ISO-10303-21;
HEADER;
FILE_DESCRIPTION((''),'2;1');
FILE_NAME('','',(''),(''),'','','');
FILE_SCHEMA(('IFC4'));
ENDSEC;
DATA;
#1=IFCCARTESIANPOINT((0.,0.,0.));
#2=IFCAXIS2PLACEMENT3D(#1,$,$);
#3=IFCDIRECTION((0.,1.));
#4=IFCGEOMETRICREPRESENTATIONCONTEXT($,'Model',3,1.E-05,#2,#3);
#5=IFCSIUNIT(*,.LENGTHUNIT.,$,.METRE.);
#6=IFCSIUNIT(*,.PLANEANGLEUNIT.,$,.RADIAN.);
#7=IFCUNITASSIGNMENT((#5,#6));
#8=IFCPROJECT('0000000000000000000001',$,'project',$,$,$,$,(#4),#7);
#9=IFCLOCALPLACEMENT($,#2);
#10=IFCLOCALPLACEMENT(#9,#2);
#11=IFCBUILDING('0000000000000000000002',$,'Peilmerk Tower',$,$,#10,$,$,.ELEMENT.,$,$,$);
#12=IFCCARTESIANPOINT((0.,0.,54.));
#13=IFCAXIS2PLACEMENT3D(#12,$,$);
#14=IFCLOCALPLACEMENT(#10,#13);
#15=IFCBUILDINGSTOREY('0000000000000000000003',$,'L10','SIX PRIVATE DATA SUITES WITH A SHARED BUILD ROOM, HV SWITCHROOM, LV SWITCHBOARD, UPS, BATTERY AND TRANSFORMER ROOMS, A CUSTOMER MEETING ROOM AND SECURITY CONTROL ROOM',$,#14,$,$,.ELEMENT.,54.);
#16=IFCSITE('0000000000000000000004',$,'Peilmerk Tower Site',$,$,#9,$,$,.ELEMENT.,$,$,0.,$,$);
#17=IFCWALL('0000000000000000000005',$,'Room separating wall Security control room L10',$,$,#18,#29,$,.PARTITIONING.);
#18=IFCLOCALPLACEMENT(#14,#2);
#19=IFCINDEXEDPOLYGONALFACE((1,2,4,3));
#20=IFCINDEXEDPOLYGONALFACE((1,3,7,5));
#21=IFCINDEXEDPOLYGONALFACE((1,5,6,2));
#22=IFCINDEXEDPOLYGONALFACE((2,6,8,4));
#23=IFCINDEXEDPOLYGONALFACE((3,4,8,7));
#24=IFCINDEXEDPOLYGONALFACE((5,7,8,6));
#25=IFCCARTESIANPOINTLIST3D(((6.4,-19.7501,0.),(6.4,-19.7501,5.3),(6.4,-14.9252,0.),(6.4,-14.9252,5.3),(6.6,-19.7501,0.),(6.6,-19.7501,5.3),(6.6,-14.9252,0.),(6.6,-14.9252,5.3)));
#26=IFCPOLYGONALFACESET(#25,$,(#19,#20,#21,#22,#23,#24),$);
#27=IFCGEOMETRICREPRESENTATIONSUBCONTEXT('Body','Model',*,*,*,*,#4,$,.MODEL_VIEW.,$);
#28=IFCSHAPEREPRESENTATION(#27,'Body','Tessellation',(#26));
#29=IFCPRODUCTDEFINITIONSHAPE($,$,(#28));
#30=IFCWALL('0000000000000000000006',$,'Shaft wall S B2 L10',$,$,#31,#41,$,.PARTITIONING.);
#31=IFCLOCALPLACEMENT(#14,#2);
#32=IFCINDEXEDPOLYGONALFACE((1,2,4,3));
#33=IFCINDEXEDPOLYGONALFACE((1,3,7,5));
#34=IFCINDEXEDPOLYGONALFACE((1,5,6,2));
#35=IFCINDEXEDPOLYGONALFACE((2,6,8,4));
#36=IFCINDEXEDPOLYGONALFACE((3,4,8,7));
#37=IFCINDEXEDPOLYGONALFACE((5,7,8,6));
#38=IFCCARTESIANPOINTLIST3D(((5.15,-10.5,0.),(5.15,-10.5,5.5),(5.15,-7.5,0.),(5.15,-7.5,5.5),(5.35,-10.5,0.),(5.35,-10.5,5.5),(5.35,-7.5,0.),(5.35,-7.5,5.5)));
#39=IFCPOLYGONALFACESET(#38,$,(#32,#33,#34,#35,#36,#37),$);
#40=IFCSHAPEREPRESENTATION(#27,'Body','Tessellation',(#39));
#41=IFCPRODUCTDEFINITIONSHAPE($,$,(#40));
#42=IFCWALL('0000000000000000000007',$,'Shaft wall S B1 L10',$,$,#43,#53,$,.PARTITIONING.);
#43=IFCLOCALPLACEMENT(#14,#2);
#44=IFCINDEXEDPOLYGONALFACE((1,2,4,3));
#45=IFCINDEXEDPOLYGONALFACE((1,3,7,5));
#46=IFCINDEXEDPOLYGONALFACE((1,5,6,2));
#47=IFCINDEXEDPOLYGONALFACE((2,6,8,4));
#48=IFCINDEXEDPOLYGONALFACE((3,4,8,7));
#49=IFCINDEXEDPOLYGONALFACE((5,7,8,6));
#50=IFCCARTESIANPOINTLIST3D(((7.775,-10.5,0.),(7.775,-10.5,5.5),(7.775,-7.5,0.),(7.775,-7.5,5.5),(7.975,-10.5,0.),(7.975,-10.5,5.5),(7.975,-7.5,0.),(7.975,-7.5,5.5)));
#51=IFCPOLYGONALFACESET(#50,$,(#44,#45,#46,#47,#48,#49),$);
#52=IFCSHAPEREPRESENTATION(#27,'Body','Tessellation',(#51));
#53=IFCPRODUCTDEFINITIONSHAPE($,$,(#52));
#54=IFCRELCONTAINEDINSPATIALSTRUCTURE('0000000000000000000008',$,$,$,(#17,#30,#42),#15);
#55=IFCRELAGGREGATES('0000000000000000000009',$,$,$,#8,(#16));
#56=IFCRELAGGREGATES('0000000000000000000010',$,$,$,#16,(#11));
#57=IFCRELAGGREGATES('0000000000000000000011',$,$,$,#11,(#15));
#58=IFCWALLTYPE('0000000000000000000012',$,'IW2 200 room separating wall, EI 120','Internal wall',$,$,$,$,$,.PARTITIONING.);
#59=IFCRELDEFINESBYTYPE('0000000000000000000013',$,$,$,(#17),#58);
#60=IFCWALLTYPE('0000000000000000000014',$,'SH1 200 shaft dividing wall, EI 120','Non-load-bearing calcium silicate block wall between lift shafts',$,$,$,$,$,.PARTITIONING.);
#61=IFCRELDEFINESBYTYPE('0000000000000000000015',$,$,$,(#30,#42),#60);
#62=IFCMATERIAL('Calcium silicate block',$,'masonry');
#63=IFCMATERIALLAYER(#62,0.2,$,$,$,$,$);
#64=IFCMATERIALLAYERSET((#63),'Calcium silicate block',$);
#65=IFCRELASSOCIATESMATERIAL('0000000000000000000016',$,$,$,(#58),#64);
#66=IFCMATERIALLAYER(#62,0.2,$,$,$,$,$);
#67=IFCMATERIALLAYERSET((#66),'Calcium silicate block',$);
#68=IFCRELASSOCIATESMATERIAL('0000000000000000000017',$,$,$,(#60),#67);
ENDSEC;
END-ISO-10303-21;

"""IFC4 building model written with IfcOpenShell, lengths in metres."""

from ifc_helpers import new_model, si_unit, direction, frame, frame_2d, origin, place, context, subcontext, project, spatial, rectangle, extrude, material, layer, layer_set, type_object, element, save


model = new_model("IFC4")

# Units and contexts
model_context = context("Model", 3, precision=1e-05, world=origin(), true_north=direction((0.0, 1.0)))
body_context = subcontext(model_context, "Body", "Model", "MODEL_VIEW")
ifc_project = project(units=[si_unit("LENGTHUNIT", "METRE"), si_unit("PLANEANGLEUNIT", "RADIAN")], contexts=[model_context])

# Site, building, storey
site_placement = place(None, origin())
site = spatial("IfcSite", under=ifc_project, at=site_placement, Name="Peilmerk Tower Site", CompositionType="ELEMENT", RefElevation=0.0)
building_placement = place(site_placement, origin())
building = spatial("IfcBuilding", under=site, at=building_placement, Name="Peilmerk Tower", CompositionType="ELEMENT")
storey_placement = place(building_placement, frame((0.0, 0.0, 54.0)))
storey = spatial("IfcBuildingStorey", under=building, at=storey_placement, Name="L10", Description="SIX PRIVATE DATA SUITES WITH A SHARED BUILD ROOM, HV SWITCHROOM, LV SWITCHBOARD, UPS, BATTERY AND TRANSFORMER ROOMS, A CUSTOMER MEETING ROOM AND SECURITY CONTROL ROOM", CompositionType="ELEMENT", Elevation=54.0)

# Walls
ifc_material_1 = material(Name="Calcium silicate block", Category="masonry")
ifc_layer_1 = layer(ifc_material_1, 0.2)
ifc_layer_set_1 = layer_set([ifc_layer_1], Name="Calcium silicate block")
wall_type_1 = type_object("IfcWallType", Name="IW2 200 room separating wall, EI 120", Description="Internal wall", PredefinedType="PARTITIONING", material=ifc_layer_set_1)
for number, where, z_axis, x_axis, name in (
    (1, (6.5, -14.925, 0.0), (0.0, 0.0, 1.0), (0.0, -1.0, 0.0), "Room separating wall Security control room L10"),
):
    element("IfcWall", number, at=place(storey_placement, frame(where, z_axis=z_axis, x_axis=x_axis)), inside=storey, type_object=wall_type_1, Name=name, PredefinedType="PARTITIONING", context=body_context, shape_type="SweptSolid", body=[
        extrude(rectangle(XDim=4.825, YDim=0.2, at=frame_2d((2.4126, 0.0))), origin(), (0.0, 0.0, 1.0), 5.3),
    ])
ifc_layer_2 = layer(ifc_material_1, 0.2)
ifc_layer_set_2 = layer_set([ifc_layer_2], Name="Calcium silicate block")
wall_type_2 = type_object("IfcWallType", Name="SH1 200 shaft dividing wall, EI 120", Description="Non-load-bearing calcium silicate block wall between lift shafts", PredefinedType="PARTITIONING", material=ifc_layer_set_2)
for number, where, z_axis, x_axis, name in (
    (2, (5.25, -10.5, 0.0), (0.0, 0.0, 1.0), (0.0, 1.0, 0.0), "Shaft wall S B2 L10"),
    (3, (7.875, -10.5, 0.0), (0.0, 0.0, 1.0), (0.0, 1.0, 0.0), "Shaft wall S B1 L10"),
):
    element("IfcWall", number, at=place(storey_placement, frame(where, z_axis=z_axis, x_axis=x_axis)), inside=storey, type_object=wall_type_2, Name=name, PredefinedType="PARTITIONING", context=body_context, shape_type="SweptSolid", body=[
        extrude(rectangle(XDim=3.0, YDim=0.2, at=frame_2d((1.5, 0.0))), origin(), (0.0, 0.0, 1.0), 5.5),
    ])

save(model, "model.ifc")
